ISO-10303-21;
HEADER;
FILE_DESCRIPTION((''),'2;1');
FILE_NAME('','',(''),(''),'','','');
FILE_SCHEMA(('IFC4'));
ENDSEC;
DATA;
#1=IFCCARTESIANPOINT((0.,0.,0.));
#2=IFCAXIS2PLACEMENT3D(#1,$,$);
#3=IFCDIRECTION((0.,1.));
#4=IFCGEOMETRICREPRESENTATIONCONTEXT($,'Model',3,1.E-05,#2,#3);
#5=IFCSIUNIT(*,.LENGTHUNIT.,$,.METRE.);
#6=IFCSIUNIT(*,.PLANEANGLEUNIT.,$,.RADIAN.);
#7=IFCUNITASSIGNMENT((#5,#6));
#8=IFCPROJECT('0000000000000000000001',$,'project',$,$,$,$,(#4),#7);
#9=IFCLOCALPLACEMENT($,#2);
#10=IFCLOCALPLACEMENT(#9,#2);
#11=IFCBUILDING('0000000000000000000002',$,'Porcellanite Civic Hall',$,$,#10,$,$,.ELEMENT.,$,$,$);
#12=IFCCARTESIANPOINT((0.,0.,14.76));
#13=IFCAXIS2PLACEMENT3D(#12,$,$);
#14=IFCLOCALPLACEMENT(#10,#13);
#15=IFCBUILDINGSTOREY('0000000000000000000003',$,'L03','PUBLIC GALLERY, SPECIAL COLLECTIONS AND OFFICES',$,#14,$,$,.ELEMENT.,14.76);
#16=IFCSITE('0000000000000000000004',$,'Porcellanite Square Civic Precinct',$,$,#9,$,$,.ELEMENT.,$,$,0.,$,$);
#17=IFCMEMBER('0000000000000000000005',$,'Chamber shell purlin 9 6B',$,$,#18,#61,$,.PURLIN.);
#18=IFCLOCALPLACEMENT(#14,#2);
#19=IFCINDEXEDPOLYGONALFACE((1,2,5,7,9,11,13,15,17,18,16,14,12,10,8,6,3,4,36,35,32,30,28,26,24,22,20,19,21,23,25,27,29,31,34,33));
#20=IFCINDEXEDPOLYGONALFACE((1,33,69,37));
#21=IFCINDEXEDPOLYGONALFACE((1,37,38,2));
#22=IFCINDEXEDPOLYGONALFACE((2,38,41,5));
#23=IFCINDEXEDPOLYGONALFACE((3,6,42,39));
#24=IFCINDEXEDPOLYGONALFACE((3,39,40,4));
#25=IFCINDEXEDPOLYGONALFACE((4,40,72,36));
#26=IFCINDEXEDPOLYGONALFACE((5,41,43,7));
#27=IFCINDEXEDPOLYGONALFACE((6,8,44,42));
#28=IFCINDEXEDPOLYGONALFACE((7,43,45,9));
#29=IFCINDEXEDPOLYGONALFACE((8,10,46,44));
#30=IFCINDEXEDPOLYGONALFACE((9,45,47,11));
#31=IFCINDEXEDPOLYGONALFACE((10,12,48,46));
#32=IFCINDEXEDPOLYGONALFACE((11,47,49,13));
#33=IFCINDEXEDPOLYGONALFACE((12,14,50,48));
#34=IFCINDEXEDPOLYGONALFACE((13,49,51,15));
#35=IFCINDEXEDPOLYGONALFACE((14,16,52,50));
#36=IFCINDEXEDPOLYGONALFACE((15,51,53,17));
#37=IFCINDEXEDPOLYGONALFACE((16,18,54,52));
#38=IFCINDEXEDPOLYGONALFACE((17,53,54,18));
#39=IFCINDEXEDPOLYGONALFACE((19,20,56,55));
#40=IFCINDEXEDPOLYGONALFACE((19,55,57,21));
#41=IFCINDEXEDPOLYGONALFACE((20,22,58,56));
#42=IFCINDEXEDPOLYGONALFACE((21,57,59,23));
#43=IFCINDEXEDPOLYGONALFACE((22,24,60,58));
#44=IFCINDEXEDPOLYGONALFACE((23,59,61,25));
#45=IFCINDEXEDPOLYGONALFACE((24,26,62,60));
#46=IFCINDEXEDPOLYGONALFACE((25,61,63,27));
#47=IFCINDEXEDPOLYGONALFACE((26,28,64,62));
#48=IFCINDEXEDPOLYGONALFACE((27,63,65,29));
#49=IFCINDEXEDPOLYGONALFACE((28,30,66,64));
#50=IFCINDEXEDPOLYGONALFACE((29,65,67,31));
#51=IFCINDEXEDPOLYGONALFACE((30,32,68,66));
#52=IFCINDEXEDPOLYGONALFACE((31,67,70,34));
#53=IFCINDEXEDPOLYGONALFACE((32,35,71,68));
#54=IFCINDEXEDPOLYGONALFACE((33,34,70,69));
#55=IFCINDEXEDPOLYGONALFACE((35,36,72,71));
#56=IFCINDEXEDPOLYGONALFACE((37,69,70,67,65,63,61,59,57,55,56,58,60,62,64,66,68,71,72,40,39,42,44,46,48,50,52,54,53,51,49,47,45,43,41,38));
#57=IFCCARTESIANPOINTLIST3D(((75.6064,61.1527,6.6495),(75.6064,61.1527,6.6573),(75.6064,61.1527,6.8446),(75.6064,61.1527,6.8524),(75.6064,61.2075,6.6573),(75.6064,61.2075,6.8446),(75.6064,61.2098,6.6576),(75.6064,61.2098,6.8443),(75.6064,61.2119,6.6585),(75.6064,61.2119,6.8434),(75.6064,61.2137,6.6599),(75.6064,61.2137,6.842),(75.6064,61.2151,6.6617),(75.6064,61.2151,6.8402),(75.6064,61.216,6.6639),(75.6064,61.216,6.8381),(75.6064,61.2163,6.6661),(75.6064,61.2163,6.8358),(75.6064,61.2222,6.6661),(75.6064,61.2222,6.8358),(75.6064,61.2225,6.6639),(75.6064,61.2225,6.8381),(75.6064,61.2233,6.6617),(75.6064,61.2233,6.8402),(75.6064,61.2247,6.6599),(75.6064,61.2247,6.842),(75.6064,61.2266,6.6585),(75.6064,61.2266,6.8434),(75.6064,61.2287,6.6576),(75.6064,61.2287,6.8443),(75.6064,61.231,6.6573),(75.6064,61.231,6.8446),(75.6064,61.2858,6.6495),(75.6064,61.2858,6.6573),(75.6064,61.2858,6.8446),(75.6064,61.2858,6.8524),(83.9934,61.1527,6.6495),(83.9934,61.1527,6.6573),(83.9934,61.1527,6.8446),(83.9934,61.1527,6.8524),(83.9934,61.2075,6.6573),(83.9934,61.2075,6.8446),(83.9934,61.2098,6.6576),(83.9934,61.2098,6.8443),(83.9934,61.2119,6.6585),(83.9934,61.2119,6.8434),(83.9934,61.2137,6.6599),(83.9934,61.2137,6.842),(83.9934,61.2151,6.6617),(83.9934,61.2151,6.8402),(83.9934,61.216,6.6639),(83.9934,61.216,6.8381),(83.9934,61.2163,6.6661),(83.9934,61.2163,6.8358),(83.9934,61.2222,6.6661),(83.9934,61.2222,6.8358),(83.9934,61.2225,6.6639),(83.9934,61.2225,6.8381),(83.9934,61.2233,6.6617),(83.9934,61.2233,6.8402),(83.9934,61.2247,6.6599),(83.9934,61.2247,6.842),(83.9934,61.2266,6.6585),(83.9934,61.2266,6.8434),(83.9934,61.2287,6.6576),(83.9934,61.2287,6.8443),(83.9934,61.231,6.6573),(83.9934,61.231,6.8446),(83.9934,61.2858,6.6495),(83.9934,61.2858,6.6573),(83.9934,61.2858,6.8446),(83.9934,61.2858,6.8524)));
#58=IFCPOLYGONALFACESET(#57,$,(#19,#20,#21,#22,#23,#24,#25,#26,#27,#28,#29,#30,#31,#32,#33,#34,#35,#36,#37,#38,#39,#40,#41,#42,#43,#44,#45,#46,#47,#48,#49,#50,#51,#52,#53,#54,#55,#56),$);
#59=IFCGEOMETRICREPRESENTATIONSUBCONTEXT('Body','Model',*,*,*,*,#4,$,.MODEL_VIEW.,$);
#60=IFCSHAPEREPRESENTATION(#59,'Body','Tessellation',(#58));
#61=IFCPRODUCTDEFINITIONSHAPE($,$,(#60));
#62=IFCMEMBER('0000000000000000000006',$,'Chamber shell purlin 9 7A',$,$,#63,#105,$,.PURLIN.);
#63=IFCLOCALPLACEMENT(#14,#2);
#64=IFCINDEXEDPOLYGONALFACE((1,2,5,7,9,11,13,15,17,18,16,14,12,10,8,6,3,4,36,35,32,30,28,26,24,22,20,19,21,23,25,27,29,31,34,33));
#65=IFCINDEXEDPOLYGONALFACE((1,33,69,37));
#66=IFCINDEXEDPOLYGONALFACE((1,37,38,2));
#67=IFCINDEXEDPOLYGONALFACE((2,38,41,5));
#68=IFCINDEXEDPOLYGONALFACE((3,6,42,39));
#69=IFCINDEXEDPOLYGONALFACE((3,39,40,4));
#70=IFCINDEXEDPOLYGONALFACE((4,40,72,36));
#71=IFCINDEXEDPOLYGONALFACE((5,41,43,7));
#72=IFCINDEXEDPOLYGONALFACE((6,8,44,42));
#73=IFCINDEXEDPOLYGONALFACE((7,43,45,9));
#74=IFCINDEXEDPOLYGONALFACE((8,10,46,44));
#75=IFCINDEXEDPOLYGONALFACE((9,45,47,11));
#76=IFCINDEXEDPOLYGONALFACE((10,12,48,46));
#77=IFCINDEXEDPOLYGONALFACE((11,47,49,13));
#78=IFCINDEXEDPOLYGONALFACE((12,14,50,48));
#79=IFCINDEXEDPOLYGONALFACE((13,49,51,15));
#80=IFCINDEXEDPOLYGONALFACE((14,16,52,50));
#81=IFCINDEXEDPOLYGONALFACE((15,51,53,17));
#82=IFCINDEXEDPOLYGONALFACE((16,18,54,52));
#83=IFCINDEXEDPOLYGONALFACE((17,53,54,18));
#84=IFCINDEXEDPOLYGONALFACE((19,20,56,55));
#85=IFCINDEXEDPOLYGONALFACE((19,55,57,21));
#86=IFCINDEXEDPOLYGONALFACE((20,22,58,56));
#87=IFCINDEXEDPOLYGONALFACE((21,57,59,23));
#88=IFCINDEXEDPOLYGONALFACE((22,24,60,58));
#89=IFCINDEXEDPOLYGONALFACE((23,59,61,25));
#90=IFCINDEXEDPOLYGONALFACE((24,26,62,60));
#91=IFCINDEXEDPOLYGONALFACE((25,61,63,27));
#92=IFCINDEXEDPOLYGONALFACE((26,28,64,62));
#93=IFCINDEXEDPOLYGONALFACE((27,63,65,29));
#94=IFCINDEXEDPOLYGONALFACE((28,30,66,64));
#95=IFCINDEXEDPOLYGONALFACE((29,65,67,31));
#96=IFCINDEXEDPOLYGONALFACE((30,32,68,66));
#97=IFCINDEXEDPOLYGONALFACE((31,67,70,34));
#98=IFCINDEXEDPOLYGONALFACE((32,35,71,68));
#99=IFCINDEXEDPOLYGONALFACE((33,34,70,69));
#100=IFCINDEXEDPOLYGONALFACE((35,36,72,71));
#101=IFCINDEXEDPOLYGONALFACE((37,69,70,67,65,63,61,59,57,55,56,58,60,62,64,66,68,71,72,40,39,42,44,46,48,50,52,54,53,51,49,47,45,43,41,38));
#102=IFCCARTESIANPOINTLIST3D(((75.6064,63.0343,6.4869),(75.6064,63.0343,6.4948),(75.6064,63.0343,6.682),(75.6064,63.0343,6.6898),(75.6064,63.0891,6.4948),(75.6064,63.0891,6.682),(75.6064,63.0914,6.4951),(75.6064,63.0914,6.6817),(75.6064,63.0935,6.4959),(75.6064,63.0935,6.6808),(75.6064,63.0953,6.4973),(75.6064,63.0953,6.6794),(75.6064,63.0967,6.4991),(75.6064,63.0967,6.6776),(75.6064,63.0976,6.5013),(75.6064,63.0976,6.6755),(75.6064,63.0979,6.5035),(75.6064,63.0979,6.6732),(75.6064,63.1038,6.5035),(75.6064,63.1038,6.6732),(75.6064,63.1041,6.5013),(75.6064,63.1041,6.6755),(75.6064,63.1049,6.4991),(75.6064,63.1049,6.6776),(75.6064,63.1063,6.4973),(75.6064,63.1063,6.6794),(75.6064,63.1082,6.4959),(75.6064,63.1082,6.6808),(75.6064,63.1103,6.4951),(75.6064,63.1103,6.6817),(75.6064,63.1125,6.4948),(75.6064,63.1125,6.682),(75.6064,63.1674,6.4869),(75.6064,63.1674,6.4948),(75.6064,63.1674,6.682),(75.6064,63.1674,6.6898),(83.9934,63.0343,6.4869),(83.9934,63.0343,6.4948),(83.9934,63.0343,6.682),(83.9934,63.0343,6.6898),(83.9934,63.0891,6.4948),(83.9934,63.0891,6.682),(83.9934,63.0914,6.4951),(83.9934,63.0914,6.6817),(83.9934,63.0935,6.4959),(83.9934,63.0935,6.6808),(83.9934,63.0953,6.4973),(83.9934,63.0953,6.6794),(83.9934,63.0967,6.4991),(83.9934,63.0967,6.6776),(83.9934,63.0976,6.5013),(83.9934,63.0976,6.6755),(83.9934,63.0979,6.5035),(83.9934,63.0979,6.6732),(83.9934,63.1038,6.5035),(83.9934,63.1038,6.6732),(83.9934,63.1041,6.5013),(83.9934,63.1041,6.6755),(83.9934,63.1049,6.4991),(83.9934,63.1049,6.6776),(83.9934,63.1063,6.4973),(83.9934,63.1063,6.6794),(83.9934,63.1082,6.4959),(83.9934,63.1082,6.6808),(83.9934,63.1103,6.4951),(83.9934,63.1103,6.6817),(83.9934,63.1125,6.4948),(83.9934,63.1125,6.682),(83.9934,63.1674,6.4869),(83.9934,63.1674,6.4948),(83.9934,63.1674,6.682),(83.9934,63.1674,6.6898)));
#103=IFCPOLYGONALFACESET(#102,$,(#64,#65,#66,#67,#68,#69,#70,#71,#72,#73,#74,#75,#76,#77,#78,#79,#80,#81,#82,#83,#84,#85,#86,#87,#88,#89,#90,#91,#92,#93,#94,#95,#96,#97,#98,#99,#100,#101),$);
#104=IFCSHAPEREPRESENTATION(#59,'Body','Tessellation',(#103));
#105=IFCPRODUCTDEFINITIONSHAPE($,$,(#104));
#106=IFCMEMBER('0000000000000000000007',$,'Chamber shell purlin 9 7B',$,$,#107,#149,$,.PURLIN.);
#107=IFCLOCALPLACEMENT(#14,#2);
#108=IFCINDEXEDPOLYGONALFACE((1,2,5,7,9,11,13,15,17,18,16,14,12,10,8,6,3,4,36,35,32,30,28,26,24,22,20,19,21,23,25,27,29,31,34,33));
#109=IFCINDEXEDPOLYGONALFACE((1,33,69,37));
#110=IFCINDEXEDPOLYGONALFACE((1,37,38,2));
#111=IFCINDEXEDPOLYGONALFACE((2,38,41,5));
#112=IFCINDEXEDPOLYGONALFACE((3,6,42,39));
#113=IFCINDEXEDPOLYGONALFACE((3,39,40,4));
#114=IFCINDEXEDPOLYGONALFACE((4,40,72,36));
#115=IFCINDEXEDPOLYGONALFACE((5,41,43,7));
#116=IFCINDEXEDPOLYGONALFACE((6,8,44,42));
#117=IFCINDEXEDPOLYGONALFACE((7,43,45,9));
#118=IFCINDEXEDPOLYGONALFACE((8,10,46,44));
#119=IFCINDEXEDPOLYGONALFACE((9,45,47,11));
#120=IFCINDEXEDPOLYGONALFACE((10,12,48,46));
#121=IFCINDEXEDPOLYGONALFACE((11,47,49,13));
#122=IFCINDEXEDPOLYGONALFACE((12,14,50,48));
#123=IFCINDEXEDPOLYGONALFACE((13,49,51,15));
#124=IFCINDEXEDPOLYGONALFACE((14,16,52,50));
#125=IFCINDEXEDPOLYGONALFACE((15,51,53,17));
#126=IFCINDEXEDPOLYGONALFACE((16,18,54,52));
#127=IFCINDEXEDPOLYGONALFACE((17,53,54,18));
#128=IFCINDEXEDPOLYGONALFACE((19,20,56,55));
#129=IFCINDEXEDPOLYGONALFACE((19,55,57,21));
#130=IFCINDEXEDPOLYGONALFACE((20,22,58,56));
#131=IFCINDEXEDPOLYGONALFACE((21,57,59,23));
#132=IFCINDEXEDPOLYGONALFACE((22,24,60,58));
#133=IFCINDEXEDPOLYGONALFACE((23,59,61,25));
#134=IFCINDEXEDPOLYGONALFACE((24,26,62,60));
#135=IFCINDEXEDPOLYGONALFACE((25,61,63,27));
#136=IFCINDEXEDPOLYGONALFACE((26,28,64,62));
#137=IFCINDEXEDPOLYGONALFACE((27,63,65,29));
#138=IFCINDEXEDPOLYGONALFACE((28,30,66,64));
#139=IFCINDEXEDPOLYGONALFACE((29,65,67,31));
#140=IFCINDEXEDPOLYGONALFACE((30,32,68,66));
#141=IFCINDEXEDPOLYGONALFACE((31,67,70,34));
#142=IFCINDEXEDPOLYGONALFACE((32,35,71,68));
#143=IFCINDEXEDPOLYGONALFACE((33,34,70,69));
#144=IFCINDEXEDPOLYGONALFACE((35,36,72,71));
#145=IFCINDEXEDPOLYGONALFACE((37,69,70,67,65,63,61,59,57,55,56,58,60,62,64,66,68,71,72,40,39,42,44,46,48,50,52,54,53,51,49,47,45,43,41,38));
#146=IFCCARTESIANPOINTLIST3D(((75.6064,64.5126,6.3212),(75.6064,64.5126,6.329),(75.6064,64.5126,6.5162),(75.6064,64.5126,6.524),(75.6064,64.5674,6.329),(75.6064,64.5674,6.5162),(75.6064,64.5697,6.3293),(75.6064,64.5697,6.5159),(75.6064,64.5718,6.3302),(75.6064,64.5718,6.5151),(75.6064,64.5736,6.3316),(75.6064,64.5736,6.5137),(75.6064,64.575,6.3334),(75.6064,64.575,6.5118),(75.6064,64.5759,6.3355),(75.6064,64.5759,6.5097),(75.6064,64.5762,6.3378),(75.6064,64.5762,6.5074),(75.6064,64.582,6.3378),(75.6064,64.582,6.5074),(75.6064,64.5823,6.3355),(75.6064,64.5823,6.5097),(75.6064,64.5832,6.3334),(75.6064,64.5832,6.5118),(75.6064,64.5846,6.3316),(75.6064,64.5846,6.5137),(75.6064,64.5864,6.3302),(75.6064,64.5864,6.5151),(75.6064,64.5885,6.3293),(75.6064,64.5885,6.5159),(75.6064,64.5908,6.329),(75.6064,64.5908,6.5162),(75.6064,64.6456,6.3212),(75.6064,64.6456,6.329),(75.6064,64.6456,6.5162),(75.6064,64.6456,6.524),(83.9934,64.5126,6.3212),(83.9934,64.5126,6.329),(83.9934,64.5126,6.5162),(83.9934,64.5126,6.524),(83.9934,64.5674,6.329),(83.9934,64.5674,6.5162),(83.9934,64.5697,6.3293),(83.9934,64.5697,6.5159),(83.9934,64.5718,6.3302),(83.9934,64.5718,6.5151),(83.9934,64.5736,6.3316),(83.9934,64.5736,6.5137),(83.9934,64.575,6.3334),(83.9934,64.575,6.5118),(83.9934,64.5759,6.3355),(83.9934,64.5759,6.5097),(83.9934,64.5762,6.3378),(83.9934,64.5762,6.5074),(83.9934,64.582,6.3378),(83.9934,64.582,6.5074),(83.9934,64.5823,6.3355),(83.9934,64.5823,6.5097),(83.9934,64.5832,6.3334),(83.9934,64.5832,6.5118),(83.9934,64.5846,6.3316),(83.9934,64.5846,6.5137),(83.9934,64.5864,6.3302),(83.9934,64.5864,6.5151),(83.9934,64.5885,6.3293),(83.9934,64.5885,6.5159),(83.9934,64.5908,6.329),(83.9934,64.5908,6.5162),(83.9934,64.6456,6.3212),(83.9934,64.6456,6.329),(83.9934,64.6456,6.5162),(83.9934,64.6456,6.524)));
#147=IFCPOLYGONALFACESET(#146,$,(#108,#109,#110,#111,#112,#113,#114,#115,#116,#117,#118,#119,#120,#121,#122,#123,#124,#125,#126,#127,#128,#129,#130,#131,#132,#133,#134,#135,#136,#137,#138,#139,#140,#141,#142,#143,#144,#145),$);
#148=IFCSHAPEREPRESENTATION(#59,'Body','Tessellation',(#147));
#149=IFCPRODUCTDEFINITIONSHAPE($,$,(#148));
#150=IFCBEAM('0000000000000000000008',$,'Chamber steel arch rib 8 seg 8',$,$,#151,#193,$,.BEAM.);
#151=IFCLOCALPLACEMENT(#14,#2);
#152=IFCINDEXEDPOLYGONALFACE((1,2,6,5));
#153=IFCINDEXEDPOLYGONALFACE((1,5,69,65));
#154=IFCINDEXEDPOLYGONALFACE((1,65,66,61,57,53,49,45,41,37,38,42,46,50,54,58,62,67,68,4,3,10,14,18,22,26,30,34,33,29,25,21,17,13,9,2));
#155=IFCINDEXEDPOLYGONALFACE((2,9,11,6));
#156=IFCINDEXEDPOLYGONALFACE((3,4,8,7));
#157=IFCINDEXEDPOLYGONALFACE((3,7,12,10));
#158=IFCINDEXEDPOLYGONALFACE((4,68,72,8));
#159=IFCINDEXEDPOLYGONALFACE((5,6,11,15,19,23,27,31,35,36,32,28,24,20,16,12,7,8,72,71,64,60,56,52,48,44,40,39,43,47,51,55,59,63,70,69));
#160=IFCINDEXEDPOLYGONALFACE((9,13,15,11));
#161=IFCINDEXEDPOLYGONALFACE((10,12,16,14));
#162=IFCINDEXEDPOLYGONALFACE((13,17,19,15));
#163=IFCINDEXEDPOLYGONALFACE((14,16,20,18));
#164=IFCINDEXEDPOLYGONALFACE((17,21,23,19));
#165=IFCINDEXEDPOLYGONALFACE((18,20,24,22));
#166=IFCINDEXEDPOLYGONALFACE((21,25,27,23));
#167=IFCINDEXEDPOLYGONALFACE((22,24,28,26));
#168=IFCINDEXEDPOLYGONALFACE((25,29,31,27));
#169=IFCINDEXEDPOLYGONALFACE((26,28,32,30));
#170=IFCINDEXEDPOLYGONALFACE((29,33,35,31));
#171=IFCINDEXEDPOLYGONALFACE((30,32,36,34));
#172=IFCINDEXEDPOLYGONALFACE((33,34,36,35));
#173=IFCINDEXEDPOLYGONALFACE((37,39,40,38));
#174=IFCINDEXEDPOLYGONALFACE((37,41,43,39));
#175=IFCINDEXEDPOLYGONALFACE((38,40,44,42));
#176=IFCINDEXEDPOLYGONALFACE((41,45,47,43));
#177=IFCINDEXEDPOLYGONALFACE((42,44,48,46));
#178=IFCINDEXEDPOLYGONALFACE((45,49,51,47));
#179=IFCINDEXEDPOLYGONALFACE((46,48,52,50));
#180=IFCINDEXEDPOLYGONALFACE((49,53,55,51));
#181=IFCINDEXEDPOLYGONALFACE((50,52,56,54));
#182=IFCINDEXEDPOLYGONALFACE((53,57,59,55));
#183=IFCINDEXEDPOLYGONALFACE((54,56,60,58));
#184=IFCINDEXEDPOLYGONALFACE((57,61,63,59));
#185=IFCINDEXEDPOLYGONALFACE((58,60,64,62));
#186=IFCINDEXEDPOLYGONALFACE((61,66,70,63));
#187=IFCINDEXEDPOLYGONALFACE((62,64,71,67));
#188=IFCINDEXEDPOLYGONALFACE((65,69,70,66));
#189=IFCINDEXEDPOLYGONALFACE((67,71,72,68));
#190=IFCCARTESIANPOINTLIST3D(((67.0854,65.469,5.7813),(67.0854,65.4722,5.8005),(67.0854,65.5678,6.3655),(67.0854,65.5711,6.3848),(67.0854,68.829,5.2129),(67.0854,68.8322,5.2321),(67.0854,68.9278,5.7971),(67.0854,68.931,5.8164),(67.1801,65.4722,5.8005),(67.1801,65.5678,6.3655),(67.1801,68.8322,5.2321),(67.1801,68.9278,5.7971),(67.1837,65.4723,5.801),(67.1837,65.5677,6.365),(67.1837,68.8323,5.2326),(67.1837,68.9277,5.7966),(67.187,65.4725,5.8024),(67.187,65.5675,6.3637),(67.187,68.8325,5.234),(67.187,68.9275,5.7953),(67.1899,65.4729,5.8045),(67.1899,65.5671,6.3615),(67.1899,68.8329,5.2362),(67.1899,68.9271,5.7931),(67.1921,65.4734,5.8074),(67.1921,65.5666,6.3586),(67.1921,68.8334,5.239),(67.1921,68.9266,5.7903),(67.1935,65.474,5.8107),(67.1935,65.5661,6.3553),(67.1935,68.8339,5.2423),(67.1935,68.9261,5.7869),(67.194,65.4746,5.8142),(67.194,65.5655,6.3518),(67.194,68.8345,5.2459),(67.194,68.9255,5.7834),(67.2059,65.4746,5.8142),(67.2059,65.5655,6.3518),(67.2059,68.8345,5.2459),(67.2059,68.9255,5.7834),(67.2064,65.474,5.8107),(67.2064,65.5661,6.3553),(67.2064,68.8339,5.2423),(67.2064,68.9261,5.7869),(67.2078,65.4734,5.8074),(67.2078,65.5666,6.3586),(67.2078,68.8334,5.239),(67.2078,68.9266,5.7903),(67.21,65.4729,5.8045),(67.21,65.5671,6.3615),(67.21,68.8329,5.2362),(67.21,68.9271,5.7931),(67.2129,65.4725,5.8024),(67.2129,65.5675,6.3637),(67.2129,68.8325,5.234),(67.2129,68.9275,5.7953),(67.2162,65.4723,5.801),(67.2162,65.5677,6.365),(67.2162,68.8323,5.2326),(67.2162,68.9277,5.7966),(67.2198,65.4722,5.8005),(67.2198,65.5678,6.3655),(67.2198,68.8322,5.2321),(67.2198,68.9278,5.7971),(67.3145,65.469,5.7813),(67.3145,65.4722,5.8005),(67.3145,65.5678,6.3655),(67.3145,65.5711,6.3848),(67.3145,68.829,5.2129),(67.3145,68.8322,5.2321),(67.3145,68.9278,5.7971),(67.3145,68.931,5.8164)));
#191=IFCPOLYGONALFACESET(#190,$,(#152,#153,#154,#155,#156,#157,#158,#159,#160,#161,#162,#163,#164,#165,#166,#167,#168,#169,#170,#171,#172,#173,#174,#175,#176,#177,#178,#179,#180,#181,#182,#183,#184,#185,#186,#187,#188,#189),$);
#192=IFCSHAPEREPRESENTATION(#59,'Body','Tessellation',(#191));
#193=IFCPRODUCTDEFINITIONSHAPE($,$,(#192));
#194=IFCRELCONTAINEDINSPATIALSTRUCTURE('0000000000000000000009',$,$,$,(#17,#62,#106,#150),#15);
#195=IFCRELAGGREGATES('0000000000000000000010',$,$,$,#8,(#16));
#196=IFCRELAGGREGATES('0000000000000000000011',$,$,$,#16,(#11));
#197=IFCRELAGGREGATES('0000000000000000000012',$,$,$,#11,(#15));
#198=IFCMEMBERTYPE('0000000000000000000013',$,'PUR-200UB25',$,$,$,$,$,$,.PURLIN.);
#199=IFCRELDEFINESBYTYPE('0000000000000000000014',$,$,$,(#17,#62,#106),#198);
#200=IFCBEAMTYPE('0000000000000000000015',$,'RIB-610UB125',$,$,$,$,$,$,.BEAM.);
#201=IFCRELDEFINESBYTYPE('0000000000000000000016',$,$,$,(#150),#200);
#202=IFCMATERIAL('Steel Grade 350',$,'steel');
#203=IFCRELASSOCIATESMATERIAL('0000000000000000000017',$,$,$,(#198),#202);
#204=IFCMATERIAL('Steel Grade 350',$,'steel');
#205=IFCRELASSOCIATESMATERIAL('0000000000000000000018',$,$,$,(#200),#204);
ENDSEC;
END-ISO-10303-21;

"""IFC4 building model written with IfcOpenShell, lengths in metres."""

from ifc_helpers import new_model, si_unit, direction, frame, origin, origin_2d, place, context, subcontext, project, spatial, i_section, extrude, material, material_profile, profile_set, type_object, element, save


model = new_model("IFC4")

# Units and contexts
model_context = context("Model", 3, precision=1e-05, world=origin(), true_north=direction((0.0, 1.0)))
body_context = subcontext(model_context, "Body", "Model", "MODEL_VIEW")
ifc_project = project(units=[si_unit("LENGTHUNIT", "METRE"), si_unit("PLANEANGLEUNIT", "RADIAN")], contexts=[model_context])

# Site, building, storey
site_placement = place(None, origin())
site = spatial("IfcSite", under=ifc_project, at=site_placement, Name="Porcellanite Square Civic Precinct", CompositionType="ELEMENT", RefElevation=0.0)
building_placement = place(site_placement, origin())
building = spatial("IfcBuilding", under=site, at=building_placement, Name="Porcellanite Civic Hall", CompositionType="ELEMENT")
storey_placement = place(building_placement, frame((0.0, 0.0, 14.76)))
storey = spatial("IfcBuildingStorey", under=building, at=storey_placement, Name="L03", Description="PUBLIC GALLERY, SPECIAL COLLECTIONS AND OFFICES", CompositionType="ELEMENT", Elevation=14.76)

# Members
ifc_material_1 = material(Name="Steel Grade 350", Category="steel")
ifc_material_profile_1 = material_profile(ifc_material_1, i_section(OverallWidth=0.1331, OverallDepth=0.2029, WebThickness=0.0059, FlangeThickness=0.0078, FilletRadius=0.0088, at=origin_2d()), Name="200UB25.4")
ifc_profile_set_1 = profile_set([ifc_material_profile_1], Name="Steel Grade 350")
member_type_1 = type_object("IfcMemberType", Name="PUR-200UB25", PredefinedType="PURLIN", material=ifc_profile_set_1)
for number, where, z_axis, x_axis, name in (
    (1, (75.6064, 61.2192, 6.751), (1.0, 0.0, 0.0), (0.0, 1.0, 0.0), "Chamber shell purlin 9 6B"),
    (2, (75.6064, 63.1008, 6.5884), (1.0, 0.0, 0.0), (0.0, 1.0, 0.0), "Chamber shell purlin 9 7A"),
    (3, (75.6064, 64.5791, 6.4226), (1.0, 0.0, 0.0), (0.0, 1.0, 0.0), "Chamber shell purlin 9 7B"),
):
    element("IfcMember", number, at=place(storey_placement, frame(where, z_axis=z_axis, x_axis=x_axis)), inside=storey, type_object=member_type_1, Name=name, PredefinedType="PURLIN", context=body_context, shape_type="SweptSolid", body=[
        extrude(i_section(OverallWidth=0.1331, OverallDepth=0.2029, WebThickness=0.0059, FlangeThickness=0.0078, FilletRadius=0.0088, at=origin_2d()), origin(), (0.0, 0.0, 1.0), 8.387),
    ])

# Beam
ifc_material_2 = material(Name="Steel Grade 350", Category="steel")
ifc_material_profile_2 = material_profile(ifc_material_2, i_section(OverallWidth=0.229, OverallDepth=0.6121, WebThickness=0.012, FlangeThickness=0.0195, FilletRadius=0.0139, at=origin_2d()), Name="610UB125")
ifc_profile_set_2 = profile_set([ifc_material_profile_2], Name="Steel Grade 350")
beam_type = type_object("IfcBeamType", Name="RIB-610UB125", PredefinedType="BEAM", material=ifc_profile_set_2)
beam_1_placement = place(storey_placement, frame((67.2, 65.52, 6.083), z_axis=(0.0, 0.985992, -0.166792), x_axis=(-1.0, 0.0, 0.0)))
element("IfcBeam", 4, at=beam_1_placement, inside=storey, type_object=beam_type, Name="Chamber steel arch rib 8 seg 8", PredefinedType="BEAM", context=body_context, shape_type="SweptSolid", body=[
    extrude(i_section(OverallWidth=0.229, OverallDepth=0.6121, WebThickness=0.012, FlangeThickness=0.0195, FilletRadius=0.0139, at=origin_2d()), origin(), (0.0, 0.0, 1.0), 3.4077),
])

save(model, "model.ifc")
